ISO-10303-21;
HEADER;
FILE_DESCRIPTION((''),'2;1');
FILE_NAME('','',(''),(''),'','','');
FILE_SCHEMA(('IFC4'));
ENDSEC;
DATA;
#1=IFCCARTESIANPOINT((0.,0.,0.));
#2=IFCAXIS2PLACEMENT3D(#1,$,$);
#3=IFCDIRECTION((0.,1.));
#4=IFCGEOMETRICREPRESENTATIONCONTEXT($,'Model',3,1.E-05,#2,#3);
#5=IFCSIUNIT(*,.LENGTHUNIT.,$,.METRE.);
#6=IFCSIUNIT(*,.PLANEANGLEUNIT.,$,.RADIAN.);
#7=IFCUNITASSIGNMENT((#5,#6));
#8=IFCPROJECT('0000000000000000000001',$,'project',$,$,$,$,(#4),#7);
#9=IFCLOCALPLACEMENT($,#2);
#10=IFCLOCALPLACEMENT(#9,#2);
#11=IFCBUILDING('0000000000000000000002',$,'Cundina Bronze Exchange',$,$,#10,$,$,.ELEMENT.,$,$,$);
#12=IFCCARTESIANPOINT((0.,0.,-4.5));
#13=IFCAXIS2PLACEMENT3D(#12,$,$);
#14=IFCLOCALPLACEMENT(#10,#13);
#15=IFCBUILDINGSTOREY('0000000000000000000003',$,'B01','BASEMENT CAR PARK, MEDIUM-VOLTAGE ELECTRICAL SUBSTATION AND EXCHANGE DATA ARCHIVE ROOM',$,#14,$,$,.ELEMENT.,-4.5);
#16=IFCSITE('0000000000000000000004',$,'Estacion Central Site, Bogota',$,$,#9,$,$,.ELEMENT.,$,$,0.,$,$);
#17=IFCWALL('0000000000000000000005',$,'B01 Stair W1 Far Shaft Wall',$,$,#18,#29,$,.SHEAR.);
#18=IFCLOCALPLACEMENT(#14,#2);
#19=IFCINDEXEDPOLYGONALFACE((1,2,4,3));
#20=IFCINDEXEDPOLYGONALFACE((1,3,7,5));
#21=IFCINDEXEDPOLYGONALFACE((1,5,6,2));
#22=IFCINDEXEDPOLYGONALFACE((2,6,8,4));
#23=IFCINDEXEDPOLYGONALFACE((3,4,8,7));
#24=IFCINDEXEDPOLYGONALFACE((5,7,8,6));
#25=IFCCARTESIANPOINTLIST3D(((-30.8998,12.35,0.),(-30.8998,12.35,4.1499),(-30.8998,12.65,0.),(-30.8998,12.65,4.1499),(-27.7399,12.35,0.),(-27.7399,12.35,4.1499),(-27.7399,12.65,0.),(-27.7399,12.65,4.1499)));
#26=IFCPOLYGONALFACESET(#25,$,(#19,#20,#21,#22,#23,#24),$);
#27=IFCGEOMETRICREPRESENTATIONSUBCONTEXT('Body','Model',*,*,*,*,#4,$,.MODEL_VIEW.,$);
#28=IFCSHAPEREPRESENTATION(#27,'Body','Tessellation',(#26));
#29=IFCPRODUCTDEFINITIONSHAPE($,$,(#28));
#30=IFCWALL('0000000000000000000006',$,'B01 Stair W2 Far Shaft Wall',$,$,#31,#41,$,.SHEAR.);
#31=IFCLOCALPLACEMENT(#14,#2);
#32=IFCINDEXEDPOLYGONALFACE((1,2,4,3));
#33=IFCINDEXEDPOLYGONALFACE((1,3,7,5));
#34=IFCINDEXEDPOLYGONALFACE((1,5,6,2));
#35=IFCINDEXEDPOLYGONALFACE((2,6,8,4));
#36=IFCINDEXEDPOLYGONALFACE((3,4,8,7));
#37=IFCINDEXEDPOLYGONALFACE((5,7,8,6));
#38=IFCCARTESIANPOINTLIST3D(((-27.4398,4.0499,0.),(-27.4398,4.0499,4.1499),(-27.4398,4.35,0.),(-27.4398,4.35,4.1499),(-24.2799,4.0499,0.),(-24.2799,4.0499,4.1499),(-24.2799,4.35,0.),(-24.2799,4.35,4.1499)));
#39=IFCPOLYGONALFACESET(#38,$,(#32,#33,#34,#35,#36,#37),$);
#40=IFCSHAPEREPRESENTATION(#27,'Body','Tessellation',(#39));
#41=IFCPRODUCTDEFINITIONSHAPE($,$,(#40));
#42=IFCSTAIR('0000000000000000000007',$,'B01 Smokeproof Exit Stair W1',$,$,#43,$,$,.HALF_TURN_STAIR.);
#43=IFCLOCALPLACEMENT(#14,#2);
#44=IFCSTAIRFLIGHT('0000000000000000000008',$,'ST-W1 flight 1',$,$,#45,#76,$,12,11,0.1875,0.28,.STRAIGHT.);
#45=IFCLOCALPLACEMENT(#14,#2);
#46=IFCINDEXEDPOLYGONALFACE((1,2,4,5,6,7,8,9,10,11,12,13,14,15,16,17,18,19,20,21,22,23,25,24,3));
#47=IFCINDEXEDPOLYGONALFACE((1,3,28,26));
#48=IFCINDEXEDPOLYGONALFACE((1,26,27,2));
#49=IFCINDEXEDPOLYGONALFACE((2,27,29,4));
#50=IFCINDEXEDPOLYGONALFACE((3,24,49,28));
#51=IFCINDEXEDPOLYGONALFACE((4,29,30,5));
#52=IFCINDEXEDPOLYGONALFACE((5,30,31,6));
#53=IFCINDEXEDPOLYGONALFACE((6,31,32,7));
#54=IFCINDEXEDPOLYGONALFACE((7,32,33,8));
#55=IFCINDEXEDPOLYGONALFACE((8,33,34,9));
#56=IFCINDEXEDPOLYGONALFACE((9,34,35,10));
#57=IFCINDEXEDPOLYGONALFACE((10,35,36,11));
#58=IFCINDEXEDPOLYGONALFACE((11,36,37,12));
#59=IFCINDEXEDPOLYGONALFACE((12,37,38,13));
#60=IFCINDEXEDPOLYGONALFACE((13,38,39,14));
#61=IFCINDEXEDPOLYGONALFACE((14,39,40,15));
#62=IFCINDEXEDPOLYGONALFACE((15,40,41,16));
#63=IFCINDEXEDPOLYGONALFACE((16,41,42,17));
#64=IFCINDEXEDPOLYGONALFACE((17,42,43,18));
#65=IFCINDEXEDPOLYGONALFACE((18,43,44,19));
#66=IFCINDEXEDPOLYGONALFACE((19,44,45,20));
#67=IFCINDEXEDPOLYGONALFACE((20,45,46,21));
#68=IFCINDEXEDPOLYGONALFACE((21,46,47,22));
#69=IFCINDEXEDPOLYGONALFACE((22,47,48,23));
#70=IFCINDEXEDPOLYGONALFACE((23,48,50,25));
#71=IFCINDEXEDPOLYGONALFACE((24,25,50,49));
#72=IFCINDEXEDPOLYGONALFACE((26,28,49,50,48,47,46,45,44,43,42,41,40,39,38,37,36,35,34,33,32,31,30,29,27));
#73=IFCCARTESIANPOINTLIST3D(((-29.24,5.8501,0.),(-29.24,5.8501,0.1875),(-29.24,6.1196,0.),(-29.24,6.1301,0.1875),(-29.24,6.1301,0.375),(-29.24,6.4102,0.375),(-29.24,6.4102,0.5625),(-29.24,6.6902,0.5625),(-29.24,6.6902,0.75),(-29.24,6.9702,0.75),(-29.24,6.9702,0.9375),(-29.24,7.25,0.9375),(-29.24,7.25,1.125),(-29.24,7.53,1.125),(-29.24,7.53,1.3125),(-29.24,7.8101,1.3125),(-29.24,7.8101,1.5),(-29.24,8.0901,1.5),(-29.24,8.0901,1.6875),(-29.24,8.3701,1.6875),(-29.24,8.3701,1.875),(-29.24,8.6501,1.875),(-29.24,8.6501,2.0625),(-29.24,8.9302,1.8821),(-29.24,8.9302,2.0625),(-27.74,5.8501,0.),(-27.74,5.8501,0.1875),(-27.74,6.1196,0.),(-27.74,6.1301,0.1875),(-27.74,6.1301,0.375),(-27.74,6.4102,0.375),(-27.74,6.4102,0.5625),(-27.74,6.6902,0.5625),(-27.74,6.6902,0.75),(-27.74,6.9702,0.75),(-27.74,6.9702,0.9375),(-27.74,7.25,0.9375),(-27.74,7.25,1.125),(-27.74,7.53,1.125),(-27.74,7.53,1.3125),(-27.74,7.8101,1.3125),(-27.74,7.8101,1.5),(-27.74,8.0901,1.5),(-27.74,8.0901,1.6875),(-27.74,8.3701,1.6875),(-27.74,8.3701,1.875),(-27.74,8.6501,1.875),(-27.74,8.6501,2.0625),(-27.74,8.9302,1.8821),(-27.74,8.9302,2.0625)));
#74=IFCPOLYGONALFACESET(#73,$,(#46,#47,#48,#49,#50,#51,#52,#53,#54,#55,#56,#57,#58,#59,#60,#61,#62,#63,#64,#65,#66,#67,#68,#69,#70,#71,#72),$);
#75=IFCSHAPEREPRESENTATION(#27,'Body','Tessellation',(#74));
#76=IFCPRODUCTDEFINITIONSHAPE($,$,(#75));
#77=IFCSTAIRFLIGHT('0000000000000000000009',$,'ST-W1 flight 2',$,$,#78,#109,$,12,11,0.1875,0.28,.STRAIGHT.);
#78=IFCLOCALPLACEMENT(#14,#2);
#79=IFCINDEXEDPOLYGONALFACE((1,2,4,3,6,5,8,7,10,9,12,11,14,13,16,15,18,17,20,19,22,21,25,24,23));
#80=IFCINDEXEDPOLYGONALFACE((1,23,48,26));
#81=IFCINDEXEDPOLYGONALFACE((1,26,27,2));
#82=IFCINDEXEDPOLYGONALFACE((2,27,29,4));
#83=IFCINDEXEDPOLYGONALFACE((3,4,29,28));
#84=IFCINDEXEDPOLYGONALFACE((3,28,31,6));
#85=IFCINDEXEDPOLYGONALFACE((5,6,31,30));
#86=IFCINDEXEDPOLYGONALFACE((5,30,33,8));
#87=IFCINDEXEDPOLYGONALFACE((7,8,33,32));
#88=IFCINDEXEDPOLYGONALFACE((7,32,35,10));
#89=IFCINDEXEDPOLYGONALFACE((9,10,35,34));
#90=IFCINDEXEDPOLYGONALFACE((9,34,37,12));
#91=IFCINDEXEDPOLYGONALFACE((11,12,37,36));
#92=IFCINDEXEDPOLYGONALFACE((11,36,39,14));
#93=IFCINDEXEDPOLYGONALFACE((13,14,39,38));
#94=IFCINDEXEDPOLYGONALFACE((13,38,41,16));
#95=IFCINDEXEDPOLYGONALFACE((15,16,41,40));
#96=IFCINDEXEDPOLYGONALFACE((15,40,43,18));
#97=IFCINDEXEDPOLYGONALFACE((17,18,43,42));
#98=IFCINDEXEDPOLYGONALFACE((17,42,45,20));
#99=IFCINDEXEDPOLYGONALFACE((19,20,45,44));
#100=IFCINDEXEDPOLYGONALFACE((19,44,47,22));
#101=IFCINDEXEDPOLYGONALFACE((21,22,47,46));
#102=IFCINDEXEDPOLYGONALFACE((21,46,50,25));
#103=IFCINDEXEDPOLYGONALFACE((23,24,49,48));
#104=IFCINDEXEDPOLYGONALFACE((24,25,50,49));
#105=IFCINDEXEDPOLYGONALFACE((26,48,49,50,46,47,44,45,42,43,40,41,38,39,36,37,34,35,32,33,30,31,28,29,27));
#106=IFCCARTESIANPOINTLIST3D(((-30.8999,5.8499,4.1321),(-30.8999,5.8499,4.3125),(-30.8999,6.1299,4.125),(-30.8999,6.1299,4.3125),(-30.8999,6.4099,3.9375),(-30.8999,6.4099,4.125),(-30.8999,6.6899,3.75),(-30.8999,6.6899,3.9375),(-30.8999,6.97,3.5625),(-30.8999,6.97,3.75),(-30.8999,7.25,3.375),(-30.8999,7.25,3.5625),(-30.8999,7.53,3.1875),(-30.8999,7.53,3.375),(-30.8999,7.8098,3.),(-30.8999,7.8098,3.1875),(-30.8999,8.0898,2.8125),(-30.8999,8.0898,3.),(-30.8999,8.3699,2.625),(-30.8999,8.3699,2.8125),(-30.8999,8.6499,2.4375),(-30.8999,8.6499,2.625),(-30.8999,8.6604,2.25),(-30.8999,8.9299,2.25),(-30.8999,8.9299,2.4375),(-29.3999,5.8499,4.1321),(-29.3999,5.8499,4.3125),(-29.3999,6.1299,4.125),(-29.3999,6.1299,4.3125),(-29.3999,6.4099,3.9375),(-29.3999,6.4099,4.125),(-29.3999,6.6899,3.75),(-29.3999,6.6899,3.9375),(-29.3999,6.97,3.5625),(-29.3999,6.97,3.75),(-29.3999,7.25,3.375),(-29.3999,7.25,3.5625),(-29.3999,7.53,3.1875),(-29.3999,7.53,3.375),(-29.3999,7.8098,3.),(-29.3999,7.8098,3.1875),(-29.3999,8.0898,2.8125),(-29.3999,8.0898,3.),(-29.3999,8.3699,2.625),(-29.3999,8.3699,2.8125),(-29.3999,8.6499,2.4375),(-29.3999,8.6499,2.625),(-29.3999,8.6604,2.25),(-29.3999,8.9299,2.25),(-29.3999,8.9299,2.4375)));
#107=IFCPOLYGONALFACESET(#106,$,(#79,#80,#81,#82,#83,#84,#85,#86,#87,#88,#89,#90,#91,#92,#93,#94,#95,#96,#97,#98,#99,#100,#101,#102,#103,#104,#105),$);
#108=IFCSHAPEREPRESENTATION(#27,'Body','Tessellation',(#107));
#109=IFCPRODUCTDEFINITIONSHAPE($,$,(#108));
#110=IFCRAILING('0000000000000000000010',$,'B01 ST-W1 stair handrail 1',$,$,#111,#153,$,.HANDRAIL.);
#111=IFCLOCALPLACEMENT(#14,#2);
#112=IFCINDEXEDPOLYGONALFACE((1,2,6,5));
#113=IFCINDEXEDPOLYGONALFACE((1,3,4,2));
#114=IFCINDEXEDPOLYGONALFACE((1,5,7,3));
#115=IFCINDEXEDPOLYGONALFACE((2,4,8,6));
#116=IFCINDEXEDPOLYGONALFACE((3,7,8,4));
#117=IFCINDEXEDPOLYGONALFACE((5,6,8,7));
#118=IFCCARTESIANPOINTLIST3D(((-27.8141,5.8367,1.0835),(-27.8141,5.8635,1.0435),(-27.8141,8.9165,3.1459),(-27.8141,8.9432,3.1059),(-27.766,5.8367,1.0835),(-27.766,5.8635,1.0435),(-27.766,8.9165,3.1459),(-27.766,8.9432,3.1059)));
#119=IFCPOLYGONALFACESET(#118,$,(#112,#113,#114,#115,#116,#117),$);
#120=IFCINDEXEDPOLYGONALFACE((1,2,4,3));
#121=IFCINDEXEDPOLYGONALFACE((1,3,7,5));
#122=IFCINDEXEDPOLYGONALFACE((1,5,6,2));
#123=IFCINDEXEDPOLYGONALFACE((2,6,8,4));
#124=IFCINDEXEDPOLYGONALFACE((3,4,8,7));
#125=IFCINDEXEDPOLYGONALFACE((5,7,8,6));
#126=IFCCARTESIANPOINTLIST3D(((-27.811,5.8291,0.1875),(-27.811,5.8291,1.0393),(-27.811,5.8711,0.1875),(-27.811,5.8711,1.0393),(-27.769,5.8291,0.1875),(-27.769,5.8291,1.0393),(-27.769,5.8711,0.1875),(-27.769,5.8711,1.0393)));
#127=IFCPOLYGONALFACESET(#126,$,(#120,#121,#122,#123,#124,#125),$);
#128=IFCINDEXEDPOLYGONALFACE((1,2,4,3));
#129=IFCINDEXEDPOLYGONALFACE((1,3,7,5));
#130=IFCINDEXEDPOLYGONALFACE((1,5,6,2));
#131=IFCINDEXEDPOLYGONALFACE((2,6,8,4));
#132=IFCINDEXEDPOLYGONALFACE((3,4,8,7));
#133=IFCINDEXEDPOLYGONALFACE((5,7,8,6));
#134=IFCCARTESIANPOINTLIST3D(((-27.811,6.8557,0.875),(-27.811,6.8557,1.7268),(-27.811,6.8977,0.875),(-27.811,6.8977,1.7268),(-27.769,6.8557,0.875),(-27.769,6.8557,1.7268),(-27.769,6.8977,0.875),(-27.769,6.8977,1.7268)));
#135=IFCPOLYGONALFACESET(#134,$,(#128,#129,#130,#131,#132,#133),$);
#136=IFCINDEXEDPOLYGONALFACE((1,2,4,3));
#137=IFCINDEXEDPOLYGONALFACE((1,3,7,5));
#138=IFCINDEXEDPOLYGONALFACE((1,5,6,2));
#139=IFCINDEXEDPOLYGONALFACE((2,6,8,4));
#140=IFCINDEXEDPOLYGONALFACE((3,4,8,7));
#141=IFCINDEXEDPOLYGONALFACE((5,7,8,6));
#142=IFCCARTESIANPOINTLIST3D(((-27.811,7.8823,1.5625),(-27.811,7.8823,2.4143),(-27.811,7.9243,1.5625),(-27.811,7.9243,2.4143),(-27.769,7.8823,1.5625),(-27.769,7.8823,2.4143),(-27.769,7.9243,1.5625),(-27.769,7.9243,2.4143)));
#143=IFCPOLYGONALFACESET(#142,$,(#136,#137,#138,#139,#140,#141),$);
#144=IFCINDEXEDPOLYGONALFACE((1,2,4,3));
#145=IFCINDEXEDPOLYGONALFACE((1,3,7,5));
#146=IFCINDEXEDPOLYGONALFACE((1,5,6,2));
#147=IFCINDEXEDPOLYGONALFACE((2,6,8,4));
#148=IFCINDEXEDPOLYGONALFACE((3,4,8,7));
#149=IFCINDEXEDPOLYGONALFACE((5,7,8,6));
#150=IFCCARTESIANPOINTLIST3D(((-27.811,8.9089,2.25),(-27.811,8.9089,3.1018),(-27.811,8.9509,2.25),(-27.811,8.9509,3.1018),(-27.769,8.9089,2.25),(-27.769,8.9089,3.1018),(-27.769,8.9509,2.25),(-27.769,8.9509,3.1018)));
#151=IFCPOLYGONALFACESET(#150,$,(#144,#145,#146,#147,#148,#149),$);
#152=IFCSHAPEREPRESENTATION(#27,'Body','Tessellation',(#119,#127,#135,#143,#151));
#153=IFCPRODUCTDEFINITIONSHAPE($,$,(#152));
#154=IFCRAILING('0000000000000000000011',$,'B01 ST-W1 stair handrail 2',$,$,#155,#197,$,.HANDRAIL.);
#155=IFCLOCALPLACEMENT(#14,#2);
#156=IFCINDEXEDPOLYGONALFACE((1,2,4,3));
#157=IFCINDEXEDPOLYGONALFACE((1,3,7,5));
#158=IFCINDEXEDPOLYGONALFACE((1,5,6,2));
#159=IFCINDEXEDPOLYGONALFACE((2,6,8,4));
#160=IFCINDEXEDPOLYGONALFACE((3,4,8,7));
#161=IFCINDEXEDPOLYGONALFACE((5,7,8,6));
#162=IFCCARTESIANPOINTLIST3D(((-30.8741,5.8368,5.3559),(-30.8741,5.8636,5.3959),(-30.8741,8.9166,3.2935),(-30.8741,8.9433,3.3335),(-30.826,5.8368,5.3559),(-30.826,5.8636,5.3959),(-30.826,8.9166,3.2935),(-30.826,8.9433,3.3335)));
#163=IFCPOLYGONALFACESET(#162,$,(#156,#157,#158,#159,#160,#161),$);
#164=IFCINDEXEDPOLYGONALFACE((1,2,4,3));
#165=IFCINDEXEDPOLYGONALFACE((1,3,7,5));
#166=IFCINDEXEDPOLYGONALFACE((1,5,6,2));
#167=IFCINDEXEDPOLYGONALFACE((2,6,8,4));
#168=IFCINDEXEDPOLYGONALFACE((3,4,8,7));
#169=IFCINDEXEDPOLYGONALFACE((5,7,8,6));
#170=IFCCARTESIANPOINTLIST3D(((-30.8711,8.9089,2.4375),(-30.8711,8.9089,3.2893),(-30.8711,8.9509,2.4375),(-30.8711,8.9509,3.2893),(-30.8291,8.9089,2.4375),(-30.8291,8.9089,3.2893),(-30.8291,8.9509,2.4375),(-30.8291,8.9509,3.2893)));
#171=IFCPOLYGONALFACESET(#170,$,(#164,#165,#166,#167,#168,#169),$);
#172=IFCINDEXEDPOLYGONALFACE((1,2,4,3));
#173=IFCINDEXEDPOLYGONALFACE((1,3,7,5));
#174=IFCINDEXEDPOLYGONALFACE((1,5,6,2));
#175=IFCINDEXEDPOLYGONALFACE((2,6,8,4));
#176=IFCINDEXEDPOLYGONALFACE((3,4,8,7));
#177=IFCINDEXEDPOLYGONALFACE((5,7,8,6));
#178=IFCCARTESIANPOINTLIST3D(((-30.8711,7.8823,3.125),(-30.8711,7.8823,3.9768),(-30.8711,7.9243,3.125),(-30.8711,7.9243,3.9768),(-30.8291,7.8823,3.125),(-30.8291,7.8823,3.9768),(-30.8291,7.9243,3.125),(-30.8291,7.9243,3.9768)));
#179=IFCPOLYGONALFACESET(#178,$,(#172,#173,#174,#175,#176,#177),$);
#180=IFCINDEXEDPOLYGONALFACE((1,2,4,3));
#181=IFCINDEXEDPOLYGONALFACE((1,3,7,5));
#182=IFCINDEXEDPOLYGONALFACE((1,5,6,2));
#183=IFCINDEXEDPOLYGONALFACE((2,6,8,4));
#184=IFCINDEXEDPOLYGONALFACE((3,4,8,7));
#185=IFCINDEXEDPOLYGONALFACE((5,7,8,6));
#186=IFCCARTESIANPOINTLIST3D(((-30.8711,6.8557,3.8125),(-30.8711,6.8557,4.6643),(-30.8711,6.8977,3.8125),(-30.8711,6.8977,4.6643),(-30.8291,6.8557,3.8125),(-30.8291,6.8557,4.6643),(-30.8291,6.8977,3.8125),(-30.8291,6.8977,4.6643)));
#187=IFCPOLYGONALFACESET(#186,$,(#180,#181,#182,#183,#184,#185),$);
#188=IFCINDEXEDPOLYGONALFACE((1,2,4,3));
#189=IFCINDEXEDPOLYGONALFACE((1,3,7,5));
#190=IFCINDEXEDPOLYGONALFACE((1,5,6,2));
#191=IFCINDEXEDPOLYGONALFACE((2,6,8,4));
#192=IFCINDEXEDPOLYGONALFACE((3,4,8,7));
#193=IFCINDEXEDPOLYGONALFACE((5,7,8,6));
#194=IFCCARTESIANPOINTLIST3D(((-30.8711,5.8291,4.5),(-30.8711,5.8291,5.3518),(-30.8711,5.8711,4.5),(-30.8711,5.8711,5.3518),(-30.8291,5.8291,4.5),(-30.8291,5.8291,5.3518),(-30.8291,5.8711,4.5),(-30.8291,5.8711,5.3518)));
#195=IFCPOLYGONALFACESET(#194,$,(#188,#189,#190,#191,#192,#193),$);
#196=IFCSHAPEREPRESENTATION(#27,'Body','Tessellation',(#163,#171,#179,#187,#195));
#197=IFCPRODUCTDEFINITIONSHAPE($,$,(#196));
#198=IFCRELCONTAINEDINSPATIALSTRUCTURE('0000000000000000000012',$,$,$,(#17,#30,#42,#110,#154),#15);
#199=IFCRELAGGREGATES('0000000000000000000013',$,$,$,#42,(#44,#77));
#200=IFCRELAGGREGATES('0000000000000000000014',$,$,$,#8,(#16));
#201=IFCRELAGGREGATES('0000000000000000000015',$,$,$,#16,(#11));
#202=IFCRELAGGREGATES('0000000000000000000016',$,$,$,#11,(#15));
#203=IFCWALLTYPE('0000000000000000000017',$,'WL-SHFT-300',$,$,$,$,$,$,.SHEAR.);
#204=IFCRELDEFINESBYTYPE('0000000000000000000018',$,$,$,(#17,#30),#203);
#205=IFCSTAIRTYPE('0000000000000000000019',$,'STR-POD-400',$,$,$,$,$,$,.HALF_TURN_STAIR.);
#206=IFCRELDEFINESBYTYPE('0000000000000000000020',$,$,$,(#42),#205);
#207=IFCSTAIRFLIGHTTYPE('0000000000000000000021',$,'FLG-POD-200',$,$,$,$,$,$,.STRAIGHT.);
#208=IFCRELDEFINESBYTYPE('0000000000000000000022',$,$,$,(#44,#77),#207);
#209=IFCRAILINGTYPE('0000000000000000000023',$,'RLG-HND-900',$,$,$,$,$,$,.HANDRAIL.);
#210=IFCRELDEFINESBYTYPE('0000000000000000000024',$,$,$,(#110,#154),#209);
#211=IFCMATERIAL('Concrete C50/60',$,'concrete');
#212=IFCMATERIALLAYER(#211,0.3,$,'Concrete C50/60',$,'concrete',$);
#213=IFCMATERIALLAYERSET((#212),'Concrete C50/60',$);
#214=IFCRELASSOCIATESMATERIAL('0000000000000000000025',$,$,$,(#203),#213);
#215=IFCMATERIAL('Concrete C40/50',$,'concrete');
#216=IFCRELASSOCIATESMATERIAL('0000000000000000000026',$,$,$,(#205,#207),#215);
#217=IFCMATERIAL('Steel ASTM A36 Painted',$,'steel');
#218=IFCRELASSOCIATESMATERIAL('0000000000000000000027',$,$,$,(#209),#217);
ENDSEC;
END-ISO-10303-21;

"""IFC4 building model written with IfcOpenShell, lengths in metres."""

from ifc_helpers import new_model, si_unit, direction, frame, frame_2d, origin, origin_2d, place, context, subcontext, project, spatial, polyline, rectangle, outline, extrude, material, layer, layer_set, type_object, element, aggregate, save


model = new_model("IFC4")

# Units and contexts
model_context = context("Model", 3, precision=1e-05, world=origin(), true_north=direction((0.0, 1.0)))
body_context = subcontext(model_context, "Body", "Model", "MODEL_VIEW")
ifc_project = project(units=[si_unit("LENGTHUNIT", "METRE"), si_unit("PLANEANGLEUNIT", "RADIAN")], contexts=[model_context])

# Site, building, storey
site_placement = place(None, origin())
site = spatial("IfcSite", under=ifc_project, at=site_placement, Name="Estacion Central Site, Bogota", CompositionType="ELEMENT", RefElevation=0.0)
building_placement = place(site_placement, origin())
building = spatial("IfcBuilding", under=site, at=building_placement, Name="Cundina Bronze Exchange", CompositionType="ELEMENT")
storey_placement = place(building_placement, frame((0.0, 0.0, -4.5)))
storey = spatial("IfcBuildingStorey", under=building, at=storey_placement, Name="B01", Description="BASEMENT CAR PARK, MEDIUM-VOLTAGE ELECTRICAL SUBSTATION AND EXCHANGE DATA ARCHIVE ROOM", CompositionType="ELEMENT", Elevation=-4.5)

# Shared definitions
ifc_material_1 = material(Name="Concrete C40/50", Category="concrete")

# Shared definitions
ifc_material_2 = material(Name="Concrete C50/60", Category="concrete")
ifc_layer_1 = layer(ifc_material_2, 0.3, Name="Concrete C50/60", Category="concrete")
ifc_layer_set_1 = layer_set([ifc_layer_1], Name="Concrete C50/60")
wall_type_1 = type_object("IfcWallType", Name="WL-SHFT-300", PredefinedType="SHEAR", material=ifc_layer_set_1)
ifc_material_3 = material(Name="Steel ASTM A36 Painted", Category="steel")

# Wall
wall_1_placement = place(storey_placement, frame((-30.8999, 12.5, 0.0), z_axis=(0.0, 0.0, 1.0), x_axis=(1.0, 0.0, 0.0)))
element("IfcWall", 1, at=wall_1_placement, inside=storey, type_object=wall_type_1, Name="B01 Stair W1 Far Shaft Wall", PredefinedType="SHEAR", context=body_context, shape_type="SweptSolid", body=[
    extrude(rectangle(XDim=3.1599, YDim=0.3, at=frame_2d((1.5801, 0.0))), origin(), (0.0, 0.0, 1.0), 4.1499),
])

# Wall
wall_2_placement = place(storey_placement, frame((-27.4399, 4.2, 0.0), z_axis=(0.0, 0.0, 1.0), x_axis=(1.0, 0.0, 0.0)))
element("IfcWall", 2, at=wall_2_placement, inside=storey, type_object=wall_type_1, Name="B01 Stair W2 Far Shaft Wall", PredefinedType="SHEAR", context=body_context, shape_type="SweptSolid", body=[
    extrude(rectangle(XDim=3.1599, YDim=0.3, at=frame_2d((1.5801, 0.0))), origin(), (0.0, 0.0, 1.0), 4.1499),
])

# Stair, stair flights
stair_type = type_object("IfcStairType", Name="STR-POD-400", PredefinedType="HALF_TURN_STAIR", material=ifc_material_1)
stair_placement = place(storey_placement, origin())
stair = element("IfcStair", 3, at=stair_placement, inside=storey, type_object=stair_type, Name="B01 Smokeproof Exit Stair W1", PredefinedType="HALF_TURN_STAIR")
stair_flight_type = type_object("IfcStairFlightType", Name="FLG-POD-200", PredefinedType="STRAIGHT", material=ifc_material_1)
stair_flight_1_placement = place(storey_placement, frame((-28.49, 5.8501, 0.0), z_axis=(0.0, 0.0, 1.0), x_axis=(0.0, 1.0, 0.0)))
stair_flight_1 = element("IfcStairFlight", 4, at=stair_flight_1_placement, type_object=stair_flight_type, Name="ST-W1 flight 1", NumberOfRisers=12, NumberOfTreads=11, PredefinedType="STRAIGHT", RiserHeight=0.1875, TreadLength=0.28, context=body_context, shape_type="SweptSolid", body=[
    extrude(outline(polyline([(0.0, 0.0), (0.0, 0.1875), (0.28, 0.1875), (0.28, 0.375), (0.5601, 0.375), (0.5601, 0.5625), (0.8401, 0.5625), (0.8401, 0.75), (1.1201, 0.75), (1.1201, 0.9375), (1.3999, 0.9375), (1.3999, 1.125), (1.6799, 1.125), (1.6799, 1.3125), (1.96, 1.3125), (1.96, 1.5), (2.24, 1.5), (2.24, 1.6875), (2.52, 1.6875), (2.52, 1.875), (2.8, 1.875), (2.8, 2.0625), (3.0801, 2.0625), (3.0801, 2.25), (3.0801, 1.8821), (0.2695, 0.0), (0.0, 0.0)])), frame((0.0, 0.75, 0.0), z_axis=(0.0, -1.0, 0.0), x_axis=(1.0, 0.0, 0.0)), (0.0, 0.0, 1.0), 1.5),
])
stair_flight_2_placement = place(storey_placement, frame((-30.1499, 8.9299, 2.25), z_axis=(0.0, 0.0, 1.0), x_axis=(0.0, -1.0, 0.0)))
stair_flight_2 = element("IfcStairFlight", 5, at=stair_flight_2_placement, type_object=stair_flight_type, Name="ST-W1 flight 2", NumberOfRisers=12, NumberOfTreads=11, PredefinedType="STRAIGHT", RiserHeight=0.1875, TreadLength=0.28, context=body_context, shape_type="SweptSolid", body=[
    extrude(outline(polyline([(0.0, 0.0), (0.0, 0.1875), (0.28, 0.1875), (0.28, 0.375), (0.5601, 0.375), (0.5601, 0.5625), (0.8401, 0.5625), (0.8401, 0.75), (1.1201, 0.75), (1.1201, 0.9375), (1.3999, 0.9375), (1.3999, 1.125), (1.6799, 1.125), (1.6799, 1.3125), (1.96, 1.3125), (1.96, 1.5), (2.24, 1.5), (2.24, 1.6875), (2.52, 1.6875), (2.52, 1.875), (2.8, 1.875), (2.8, 2.0625), (3.0801, 2.0625), (3.0801, 2.25), (3.0801, 1.8821), (0.2695, 0.0), (0.0, 0.0)])), frame((0.0, 0.75, 0.0), z_axis=(0.0, -1.0, 0.0), x_axis=(1.0, 0.0, 0.0)), (0.0, 0.0, 1.0), 1.5),
])
aggregate(stair, [stair_flight_1, stair_flight_2])

# Railings
railing_type_1 = type_object("IfcRailingType", Name="RLG-HND-900", PredefinedType="HANDRAIL", material=ifc_material_3)
railing_1_placement = place(storey_placement, frame((-27.79, 5.8501, 0.1875)))
element("IfcRailing", 6, at=railing_1_placement, inside=storey, type_object=railing_type_1, Name="B01 ST-W1 stair handrail 1", PredefinedType="HANDRAIL", context=body_context, shape_type="SweptSolid", body=[
    extrude(rectangle(XDim=0.0481, YDim=0.0481, at=origin_2d()), frame((0.0, 0.0, 0.876), z_axis=(0.0, 0.830893, 0.556432), x_axis=(-1.0, 0.0, 0.0)), (0.0, 0.0, 1.0), 3.7065),
    extrude(rectangle(XDim=0.042, YDim=0.042, at=origin_2d()), origin(), (0.0, 0.0, 1.0), 0.8518),
    extrude(rectangle(XDim=0.042, YDim=0.042, at=origin_2d()), frame((0.0, 1.0266, 0.6875)), (0.0, 0.0, 1.0), 0.8518),
    extrude(rectangle(XDim=0.042, YDim=0.042, at=origin_2d()), frame((0.0, 2.0532, 1.375)), (0.0, 0.0, 1.0), 0.8518),
    extrude(rectangle(XDim=0.042, YDim=0.042, at=origin_2d()), frame((0.0, 3.0798, 2.0625)), (0.0, 0.0, 1.0), 0.8518),
])
railing_2_placement = place(storey_placement, frame((-30.8501, 8.9299, 2.4375)))
element("IfcRailing", 7, at=railing_2_placement, inside=storey, type_object=railing_type_1, Name="B01 ST-W1 stair handrail 2", PredefinedType="HANDRAIL", context=body_context, shape_type="SweptSolid", body=[
    extrude(rectangle(XDim=0.0481, YDim=0.0481, at=origin_2d()), frame((0.0, 0.0, 0.876), z_axis=(0.0, -0.830893, 0.556432), x_axis=(1.0, 0.0, 0.0)), (0.0, 0.0, 1.0), 3.7065),
    extrude(rectangle(XDim=0.042, YDim=0.042, at=origin_2d()), origin(), (0.0, 0.0, 1.0), 0.8518),
    extrude(rectangle(XDim=0.042, YDim=0.042, at=origin_2d()), frame((0.0, -1.0266, 0.6875)), (0.0, 0.0, 1.0), 0.8518),
    extrude(rectangle(XDim=0.042, YDim=0.042, at=origin_2d()), frame((0.0, -2.0532, 1.375)), (0.0, 0.0, 1.0), 0.8518),
    extrude(rectangle(XDim=0.042, YDim=0.042, at=origin_2d()), frame((0.0, -3.0798, 2.0625)), (0.0, 0.0, 1.0), 0.8518),
])

save(model, "model.ifc")
